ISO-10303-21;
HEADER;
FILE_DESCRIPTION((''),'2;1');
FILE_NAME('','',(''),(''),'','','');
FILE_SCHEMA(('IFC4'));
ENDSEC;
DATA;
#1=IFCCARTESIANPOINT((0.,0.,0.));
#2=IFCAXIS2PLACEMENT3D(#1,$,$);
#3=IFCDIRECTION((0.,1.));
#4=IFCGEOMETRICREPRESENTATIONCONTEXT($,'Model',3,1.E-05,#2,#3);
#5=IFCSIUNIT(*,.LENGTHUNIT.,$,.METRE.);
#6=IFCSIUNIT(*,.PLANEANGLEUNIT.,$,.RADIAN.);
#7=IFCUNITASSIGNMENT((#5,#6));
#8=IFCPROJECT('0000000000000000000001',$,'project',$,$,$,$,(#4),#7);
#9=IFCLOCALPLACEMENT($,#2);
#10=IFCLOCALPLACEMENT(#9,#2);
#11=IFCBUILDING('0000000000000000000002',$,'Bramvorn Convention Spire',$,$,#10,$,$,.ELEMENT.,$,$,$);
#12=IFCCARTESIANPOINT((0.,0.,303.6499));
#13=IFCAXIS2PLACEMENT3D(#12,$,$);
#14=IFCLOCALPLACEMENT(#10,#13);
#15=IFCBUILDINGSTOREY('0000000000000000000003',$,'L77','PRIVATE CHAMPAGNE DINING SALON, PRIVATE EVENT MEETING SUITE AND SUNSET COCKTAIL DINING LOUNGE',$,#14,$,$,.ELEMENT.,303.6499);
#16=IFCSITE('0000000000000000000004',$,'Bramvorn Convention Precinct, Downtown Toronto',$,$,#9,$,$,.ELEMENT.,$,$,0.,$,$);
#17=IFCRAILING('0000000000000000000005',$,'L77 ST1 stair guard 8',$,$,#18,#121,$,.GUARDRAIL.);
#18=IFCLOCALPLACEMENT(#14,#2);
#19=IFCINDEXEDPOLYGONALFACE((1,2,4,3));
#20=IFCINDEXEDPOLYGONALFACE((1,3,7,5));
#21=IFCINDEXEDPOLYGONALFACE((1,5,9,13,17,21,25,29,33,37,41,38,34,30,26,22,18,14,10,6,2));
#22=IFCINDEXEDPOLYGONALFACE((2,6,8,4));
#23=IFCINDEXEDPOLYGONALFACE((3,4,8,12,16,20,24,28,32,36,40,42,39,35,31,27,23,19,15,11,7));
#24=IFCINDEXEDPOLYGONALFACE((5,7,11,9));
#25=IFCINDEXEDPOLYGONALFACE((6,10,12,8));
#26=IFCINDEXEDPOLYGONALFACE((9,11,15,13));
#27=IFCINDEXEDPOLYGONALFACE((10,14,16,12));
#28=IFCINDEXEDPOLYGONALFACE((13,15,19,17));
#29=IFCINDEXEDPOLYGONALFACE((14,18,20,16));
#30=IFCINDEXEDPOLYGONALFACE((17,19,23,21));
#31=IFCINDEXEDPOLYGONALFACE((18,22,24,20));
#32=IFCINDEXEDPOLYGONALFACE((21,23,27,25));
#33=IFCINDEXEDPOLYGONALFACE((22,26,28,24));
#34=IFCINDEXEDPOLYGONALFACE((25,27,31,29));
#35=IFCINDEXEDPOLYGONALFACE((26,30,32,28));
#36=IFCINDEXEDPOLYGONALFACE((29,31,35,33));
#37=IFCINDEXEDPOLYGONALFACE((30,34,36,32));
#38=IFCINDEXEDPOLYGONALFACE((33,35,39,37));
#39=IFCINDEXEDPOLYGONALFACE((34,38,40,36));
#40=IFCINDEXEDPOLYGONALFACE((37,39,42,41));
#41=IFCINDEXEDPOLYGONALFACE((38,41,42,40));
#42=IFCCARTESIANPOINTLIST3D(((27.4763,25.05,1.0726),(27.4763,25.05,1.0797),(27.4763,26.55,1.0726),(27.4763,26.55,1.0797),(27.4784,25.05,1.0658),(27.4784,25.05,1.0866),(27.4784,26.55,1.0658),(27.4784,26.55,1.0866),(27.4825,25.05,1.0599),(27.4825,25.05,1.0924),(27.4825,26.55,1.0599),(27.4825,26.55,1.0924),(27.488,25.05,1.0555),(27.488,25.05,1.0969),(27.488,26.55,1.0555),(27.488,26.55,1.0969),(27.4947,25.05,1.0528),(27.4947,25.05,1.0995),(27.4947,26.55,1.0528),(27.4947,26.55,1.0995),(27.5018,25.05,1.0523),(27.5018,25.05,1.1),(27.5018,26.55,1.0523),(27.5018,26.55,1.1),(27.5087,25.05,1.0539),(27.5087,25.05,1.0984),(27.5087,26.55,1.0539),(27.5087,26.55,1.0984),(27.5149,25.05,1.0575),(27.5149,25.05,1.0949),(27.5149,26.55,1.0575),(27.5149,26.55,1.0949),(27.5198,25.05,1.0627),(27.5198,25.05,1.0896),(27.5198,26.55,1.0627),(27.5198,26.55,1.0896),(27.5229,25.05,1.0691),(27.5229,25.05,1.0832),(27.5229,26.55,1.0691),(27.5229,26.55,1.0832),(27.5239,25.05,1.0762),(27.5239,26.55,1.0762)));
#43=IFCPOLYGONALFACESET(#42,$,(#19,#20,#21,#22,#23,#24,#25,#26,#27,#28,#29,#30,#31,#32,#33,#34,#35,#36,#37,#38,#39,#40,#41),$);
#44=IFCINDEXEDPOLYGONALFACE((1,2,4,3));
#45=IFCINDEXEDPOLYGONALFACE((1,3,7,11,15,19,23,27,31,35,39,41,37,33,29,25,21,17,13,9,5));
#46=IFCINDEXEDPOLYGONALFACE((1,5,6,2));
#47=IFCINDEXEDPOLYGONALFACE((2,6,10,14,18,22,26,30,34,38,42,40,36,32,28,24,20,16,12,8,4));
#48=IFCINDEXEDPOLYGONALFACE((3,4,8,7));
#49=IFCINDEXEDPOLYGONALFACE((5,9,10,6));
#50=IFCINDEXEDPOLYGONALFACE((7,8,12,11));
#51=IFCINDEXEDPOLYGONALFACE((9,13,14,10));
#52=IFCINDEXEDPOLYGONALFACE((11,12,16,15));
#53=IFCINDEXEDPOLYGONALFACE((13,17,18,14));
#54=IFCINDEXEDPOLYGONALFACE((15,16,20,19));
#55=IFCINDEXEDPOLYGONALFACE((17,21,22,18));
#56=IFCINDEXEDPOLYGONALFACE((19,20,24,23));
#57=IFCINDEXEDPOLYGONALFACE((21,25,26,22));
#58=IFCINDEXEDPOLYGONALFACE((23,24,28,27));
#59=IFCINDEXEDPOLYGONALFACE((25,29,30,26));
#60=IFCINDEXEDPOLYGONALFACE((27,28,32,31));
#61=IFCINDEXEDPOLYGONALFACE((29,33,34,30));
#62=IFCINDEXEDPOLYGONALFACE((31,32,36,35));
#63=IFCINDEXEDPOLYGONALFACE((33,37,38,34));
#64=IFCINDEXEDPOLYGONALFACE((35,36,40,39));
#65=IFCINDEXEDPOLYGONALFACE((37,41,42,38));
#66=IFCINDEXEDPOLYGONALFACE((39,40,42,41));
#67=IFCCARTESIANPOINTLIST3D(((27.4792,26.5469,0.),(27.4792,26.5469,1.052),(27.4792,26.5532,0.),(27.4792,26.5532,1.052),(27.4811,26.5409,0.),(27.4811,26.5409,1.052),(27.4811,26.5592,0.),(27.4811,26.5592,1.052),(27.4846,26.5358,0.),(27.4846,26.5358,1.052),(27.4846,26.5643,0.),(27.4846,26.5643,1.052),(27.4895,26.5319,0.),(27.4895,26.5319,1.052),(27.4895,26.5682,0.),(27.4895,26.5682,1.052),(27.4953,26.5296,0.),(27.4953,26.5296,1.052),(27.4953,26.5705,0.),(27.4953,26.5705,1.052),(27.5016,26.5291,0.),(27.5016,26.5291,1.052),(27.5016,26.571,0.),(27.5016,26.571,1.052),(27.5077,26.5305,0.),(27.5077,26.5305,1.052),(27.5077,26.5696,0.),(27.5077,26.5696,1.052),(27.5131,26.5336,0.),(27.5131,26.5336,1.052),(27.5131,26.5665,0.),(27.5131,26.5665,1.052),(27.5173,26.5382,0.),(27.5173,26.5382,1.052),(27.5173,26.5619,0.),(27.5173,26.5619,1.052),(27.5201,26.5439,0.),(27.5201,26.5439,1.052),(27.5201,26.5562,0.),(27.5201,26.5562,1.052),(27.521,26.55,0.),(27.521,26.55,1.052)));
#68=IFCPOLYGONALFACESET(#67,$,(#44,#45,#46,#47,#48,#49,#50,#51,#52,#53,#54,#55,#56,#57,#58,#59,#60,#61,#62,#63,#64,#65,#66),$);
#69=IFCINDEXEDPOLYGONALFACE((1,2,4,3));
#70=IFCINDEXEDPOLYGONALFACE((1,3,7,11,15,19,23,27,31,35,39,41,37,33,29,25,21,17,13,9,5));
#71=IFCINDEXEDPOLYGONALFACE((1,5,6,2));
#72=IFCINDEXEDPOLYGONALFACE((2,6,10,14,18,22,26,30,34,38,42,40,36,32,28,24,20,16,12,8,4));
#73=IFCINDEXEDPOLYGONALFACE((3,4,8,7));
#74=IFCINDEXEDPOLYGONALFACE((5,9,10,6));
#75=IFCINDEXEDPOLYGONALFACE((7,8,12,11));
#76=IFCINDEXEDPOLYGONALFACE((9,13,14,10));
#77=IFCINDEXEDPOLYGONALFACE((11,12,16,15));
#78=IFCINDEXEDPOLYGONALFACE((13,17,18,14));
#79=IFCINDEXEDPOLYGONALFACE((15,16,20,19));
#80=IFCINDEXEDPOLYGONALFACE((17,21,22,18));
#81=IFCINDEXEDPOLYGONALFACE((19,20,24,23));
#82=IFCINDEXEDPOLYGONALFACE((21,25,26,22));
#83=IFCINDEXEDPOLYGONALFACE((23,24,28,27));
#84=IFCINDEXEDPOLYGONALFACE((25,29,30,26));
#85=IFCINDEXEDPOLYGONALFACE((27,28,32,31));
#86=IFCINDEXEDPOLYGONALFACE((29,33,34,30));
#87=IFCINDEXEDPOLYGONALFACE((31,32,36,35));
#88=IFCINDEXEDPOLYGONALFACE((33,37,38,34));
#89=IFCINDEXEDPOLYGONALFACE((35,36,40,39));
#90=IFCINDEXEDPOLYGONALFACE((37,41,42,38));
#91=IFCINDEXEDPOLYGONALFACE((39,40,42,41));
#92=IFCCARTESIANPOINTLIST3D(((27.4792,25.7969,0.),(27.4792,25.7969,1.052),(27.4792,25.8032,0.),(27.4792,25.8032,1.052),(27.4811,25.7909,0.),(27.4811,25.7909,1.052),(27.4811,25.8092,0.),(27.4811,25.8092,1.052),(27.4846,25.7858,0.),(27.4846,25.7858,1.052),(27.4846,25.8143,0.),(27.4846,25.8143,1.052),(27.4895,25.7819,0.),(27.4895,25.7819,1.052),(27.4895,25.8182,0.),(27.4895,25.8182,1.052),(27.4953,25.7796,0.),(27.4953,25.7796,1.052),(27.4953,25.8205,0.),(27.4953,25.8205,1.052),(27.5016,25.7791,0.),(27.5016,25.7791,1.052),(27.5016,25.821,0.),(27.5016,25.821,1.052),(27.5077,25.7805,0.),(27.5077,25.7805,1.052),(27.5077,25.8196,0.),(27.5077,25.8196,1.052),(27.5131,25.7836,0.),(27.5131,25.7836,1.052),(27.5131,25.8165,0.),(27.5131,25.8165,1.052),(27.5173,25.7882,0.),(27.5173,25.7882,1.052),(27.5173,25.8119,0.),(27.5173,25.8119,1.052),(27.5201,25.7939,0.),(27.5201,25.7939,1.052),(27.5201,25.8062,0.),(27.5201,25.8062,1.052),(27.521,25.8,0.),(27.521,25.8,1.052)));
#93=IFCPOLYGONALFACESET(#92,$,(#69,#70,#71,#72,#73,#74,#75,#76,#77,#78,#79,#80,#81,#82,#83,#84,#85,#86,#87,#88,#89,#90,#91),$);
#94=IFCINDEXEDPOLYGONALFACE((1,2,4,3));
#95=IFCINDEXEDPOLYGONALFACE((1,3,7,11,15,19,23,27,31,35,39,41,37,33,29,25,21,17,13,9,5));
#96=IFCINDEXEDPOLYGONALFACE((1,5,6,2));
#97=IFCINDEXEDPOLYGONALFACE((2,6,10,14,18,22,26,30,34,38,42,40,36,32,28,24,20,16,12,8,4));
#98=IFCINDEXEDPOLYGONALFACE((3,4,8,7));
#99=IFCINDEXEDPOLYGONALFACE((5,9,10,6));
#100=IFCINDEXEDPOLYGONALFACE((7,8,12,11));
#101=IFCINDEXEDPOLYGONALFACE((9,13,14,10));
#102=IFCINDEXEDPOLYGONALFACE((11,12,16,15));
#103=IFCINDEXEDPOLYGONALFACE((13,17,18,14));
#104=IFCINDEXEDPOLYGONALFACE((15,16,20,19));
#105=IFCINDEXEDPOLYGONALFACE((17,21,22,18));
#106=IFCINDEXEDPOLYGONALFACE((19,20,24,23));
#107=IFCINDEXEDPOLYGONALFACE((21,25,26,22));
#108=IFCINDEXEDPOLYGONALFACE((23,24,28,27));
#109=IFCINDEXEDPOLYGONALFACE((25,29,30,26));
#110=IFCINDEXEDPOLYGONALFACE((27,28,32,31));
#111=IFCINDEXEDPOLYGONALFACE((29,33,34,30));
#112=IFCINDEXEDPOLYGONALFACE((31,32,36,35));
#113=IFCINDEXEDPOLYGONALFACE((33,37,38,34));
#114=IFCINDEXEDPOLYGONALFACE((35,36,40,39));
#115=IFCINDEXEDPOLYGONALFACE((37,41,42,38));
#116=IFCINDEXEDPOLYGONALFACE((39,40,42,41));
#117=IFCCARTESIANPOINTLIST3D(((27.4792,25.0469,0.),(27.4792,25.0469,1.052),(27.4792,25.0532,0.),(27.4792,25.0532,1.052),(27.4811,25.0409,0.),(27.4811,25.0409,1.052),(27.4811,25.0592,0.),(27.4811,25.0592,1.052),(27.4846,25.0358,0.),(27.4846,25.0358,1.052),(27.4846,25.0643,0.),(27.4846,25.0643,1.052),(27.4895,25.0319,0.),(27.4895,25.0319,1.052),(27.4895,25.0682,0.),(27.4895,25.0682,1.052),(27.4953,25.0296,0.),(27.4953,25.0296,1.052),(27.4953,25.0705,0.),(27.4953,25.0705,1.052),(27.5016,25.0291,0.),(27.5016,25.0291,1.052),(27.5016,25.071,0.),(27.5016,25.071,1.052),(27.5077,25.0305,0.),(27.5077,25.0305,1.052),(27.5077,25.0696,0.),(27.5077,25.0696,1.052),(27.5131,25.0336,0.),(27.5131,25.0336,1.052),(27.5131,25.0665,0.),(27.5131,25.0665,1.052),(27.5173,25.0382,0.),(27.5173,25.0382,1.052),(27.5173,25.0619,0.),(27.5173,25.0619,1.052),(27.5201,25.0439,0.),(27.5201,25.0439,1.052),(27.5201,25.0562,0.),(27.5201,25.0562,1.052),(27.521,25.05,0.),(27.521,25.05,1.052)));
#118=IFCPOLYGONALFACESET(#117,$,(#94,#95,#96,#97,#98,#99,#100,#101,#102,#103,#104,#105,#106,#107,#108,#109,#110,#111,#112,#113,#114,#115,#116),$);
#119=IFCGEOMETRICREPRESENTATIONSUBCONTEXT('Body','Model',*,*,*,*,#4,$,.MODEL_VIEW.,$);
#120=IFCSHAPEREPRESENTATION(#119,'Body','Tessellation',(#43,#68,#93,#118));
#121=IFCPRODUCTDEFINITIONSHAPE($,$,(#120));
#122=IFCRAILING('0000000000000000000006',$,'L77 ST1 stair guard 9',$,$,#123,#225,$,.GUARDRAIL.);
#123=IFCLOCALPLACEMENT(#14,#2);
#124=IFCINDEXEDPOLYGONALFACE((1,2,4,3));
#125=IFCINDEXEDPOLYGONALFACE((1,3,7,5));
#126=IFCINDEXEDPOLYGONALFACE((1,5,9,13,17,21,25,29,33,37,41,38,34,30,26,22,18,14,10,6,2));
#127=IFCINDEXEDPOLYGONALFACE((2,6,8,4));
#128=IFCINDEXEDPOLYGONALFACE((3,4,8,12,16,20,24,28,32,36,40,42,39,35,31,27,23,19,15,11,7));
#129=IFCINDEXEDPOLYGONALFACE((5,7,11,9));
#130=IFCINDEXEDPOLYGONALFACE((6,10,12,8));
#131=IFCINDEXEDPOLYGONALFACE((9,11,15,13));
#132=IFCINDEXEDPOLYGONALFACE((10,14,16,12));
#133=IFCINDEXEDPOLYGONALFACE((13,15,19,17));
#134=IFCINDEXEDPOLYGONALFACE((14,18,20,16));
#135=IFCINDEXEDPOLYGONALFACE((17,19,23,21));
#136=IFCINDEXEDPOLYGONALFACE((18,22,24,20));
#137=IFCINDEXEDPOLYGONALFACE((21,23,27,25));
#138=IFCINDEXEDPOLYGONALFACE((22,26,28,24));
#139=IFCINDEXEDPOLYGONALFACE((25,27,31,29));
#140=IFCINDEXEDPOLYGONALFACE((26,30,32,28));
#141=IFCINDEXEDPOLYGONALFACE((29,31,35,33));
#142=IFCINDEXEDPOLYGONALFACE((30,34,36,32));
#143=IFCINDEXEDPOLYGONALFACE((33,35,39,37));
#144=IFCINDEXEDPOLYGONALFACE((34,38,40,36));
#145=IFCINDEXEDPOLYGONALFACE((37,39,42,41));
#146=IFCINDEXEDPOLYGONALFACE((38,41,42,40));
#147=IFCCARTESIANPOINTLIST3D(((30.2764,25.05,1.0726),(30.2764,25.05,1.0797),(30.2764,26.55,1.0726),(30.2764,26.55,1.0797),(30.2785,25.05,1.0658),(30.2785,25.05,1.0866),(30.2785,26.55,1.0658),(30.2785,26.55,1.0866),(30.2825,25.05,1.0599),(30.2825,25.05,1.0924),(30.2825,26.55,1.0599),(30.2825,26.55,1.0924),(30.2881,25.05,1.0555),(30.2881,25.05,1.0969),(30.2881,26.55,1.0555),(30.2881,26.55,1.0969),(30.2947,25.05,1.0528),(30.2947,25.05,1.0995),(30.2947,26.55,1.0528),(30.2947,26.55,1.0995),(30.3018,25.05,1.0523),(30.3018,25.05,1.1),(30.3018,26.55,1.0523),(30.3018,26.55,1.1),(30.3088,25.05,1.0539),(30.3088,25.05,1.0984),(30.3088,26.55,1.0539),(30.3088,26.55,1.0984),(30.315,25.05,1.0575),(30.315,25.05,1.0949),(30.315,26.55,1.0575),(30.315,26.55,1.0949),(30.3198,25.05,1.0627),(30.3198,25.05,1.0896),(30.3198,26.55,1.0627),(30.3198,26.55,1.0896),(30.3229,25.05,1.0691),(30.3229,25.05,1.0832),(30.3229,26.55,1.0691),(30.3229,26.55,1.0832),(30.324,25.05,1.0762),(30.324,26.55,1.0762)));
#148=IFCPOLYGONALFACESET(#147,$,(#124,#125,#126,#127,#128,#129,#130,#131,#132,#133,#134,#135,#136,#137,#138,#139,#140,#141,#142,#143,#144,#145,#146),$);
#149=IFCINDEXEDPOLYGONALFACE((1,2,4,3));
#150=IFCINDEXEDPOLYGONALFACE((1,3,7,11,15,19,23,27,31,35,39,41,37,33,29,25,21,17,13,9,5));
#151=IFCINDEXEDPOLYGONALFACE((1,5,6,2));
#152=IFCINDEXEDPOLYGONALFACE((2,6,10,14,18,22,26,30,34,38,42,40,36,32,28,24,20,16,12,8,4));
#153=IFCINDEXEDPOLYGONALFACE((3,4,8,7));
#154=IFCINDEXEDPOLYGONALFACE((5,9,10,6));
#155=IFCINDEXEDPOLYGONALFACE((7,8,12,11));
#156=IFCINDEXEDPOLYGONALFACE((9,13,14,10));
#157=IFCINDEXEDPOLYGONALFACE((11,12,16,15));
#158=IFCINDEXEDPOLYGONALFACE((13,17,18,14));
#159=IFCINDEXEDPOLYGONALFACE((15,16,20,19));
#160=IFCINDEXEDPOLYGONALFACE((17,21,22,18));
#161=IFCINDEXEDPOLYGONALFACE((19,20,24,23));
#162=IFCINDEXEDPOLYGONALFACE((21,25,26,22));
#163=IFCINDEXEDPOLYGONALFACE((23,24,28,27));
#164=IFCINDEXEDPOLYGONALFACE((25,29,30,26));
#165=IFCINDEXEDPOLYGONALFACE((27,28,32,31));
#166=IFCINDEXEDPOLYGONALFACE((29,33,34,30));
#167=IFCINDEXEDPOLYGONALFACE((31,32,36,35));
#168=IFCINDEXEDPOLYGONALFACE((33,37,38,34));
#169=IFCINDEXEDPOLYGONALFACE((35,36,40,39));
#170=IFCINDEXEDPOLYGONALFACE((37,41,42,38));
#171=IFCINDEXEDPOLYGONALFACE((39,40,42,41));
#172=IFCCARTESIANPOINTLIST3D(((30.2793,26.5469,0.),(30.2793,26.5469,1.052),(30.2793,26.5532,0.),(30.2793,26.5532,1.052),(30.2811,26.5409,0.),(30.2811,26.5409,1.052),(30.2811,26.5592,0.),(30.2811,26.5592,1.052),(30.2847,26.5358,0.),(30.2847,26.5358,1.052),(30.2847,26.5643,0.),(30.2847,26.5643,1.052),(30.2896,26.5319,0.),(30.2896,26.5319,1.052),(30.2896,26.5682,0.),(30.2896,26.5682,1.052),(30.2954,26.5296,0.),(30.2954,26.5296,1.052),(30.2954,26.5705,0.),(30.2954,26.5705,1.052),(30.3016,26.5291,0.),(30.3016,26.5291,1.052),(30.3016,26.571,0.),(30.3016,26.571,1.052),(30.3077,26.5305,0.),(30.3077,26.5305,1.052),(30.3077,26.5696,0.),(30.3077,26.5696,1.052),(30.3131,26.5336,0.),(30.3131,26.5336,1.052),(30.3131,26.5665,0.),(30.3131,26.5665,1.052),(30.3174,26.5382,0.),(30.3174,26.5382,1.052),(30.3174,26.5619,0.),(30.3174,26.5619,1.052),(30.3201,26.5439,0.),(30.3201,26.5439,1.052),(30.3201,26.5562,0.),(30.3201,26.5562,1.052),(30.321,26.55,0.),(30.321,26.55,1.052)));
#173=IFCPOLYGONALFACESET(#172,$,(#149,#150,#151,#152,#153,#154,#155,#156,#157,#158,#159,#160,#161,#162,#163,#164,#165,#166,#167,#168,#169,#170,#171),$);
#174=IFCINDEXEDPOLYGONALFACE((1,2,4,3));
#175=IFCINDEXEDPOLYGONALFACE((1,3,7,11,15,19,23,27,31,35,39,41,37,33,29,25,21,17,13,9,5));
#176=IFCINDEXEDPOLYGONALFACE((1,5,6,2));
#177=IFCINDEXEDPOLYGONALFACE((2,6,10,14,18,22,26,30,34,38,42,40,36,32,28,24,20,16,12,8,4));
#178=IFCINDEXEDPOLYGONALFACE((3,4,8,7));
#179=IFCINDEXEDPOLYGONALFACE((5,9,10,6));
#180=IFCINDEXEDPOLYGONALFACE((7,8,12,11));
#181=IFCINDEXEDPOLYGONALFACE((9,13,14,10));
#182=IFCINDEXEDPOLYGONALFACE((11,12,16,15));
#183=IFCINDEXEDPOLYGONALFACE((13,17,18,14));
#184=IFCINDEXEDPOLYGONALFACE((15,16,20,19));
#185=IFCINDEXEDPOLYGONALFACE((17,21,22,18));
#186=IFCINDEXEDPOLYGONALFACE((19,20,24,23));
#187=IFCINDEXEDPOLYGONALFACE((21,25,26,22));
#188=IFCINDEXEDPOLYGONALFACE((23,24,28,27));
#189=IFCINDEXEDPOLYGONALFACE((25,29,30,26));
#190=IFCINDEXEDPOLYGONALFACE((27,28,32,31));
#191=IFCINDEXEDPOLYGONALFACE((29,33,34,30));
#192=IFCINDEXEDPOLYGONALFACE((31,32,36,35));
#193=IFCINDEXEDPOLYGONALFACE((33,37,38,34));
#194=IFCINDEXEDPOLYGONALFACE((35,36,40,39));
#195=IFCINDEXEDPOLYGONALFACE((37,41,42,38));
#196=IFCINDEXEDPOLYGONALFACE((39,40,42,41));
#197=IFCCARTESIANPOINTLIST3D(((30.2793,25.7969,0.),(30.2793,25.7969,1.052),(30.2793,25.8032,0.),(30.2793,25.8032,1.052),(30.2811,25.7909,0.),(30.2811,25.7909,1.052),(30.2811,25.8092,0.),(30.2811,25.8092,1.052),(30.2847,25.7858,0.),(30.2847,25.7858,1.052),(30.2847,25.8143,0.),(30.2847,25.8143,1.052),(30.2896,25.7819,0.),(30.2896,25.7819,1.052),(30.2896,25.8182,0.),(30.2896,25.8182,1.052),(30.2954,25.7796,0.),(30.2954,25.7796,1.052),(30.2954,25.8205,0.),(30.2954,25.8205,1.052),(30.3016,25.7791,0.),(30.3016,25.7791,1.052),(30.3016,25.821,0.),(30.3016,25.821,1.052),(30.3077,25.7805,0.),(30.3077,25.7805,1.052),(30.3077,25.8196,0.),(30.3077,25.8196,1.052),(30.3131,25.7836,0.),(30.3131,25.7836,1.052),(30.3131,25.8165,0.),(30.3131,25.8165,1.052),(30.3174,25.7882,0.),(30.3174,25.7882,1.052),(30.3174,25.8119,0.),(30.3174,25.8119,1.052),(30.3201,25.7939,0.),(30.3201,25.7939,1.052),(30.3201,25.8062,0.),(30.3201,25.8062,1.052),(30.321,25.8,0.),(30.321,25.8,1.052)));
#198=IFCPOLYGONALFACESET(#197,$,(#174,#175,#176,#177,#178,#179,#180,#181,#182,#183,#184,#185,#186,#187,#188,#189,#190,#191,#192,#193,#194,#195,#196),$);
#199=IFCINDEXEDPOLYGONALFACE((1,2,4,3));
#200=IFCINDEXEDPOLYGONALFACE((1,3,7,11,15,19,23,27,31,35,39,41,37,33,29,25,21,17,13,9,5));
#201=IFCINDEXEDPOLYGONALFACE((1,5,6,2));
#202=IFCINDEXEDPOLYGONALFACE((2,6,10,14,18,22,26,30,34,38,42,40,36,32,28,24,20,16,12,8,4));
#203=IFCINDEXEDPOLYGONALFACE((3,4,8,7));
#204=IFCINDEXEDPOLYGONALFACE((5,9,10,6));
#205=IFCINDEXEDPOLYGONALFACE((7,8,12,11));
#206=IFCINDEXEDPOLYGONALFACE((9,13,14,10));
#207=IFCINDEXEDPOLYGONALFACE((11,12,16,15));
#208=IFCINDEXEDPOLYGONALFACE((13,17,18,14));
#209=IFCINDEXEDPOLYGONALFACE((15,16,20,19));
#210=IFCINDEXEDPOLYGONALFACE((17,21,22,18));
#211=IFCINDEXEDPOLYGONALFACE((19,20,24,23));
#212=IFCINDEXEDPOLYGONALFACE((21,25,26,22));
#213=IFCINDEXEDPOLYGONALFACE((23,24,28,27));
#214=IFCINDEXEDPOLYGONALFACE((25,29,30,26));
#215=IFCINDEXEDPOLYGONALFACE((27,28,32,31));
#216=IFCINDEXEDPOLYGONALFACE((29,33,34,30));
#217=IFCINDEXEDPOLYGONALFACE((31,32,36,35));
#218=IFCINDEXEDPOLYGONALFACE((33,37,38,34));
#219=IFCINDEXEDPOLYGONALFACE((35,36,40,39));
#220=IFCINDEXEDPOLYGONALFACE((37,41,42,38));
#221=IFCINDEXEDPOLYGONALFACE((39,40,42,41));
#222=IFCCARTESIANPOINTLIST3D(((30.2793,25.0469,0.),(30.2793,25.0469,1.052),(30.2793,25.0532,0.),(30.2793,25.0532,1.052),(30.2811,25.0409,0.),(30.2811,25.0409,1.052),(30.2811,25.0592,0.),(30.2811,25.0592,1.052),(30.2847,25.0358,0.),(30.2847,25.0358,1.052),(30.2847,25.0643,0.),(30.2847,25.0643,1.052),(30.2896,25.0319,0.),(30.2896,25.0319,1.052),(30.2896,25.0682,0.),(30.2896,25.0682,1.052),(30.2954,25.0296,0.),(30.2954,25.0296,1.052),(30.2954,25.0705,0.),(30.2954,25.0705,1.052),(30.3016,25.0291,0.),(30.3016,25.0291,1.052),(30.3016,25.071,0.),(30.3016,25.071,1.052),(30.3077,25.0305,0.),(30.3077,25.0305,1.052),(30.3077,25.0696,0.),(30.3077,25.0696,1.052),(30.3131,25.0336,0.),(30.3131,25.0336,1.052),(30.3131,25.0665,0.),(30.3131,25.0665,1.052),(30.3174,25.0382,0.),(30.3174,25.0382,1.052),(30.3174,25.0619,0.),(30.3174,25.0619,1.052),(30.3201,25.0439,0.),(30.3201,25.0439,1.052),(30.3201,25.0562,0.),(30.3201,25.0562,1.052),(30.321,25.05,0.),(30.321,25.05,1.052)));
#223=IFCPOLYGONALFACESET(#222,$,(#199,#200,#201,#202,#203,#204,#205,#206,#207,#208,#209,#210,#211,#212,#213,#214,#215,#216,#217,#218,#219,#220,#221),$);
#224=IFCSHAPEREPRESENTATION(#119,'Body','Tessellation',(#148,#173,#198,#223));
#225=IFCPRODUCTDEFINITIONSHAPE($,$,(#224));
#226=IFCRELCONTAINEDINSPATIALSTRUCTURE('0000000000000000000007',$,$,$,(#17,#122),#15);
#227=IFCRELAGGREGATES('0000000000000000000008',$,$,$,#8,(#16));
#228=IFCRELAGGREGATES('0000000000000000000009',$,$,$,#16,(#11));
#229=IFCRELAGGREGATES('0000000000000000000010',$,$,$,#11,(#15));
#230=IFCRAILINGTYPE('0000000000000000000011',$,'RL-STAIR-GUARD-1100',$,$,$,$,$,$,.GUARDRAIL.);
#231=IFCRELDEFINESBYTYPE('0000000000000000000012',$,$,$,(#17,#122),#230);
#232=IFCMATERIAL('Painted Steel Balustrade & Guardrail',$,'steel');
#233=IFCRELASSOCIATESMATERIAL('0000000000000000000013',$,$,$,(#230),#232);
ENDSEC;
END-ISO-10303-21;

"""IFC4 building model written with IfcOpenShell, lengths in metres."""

from ifc_helpers import new_model, si_unit, direction, frame, origin, origin_2d, place, context, subcontext, project, spatial, circle, extrude, material, type_object, element, save


model = new_model("IFC4")

# Units and contexts
model_context = context("Model", 3, precision=1e-05, world=origin(), true_north=direction((0.0, 1.0)))
body_context = subcontext(model_context, "Body", "Model", "MODEL_VIEW")
ifc_project = project(units=[si_unit("LENGTHUNIT", "METRE"), si_unit("PLANEANGLEUNIT", "RADIAN")], contexts=[model_context])

# Site, building, storey
site_placement = place(None, origin())
site = spatial("IfcSite", under=ifc_project, at=site_placement, Name="Bramvorn Convention Precinct, Downtown Toronto", CompositionType="ELEMENT", RefElevation=0.0)
building_placement = place(site_placement, origin())
building = spatial("IfcBuilding", under=site, at=building_placement, Name="Bramvorn Convention Spire", CompositionType="ELEMENT")
storey_placement = place(building_placement, frame((0.0, 0.0, 303.6499)))
storey = spatial("IfcBuildingStorey", under=building, at=storey_placement, Name="L77", Description="PRIVATE CHAMPAGNE DINING SALON, PRIVATE EVENT MEETING SUITE AND SUNSET COCKTAIL DINING LOUNGE", CompositionType="ELEMENT", Elevation=303.6499)

# Railings
ifc_material_1 = material(Name="Painted Steel Balustrade & Guardrail", Category="steel")
railing_type = type_object("IfcRailingType", Name="RL-STAIR-GUARD-1100", PredefinedType="GUARDRAIL", material=ifc_material_1)
for number, where, name in (
    (1, (27.5, 26.55, 0.0), "L77 ST1 stair guard 8"),
    (2, (30.3, 26.55, 0.0), "L77 ST1 stair guard 9"),
):
    element("IfcRailing", number, at=place(storey_placement, frame(where)), inside=storey, type_object=railing_type, Name=name, PredefinedType="GUARDRAIL", context=body_context, shape_type="SweptSolid", body=[
        extrude(circle(Radius=0.0239, at=origin_2d()), frame((0.0, 0.0, 1.0762), z_axis=(0.0, -1.0, 0.0), x_axis=(1.0, 0.0, 0.0)), (0.0, 0.0, 1.0), 1.5),
        extrude(circle(Radius=0.021, at=origin_2d()), origin(), (0.0, 0.0, 1.0), 1.052),
        extrude(circle(Radius=0.021, at=origin_2d()), frame((0.0, -0.75, 0.0)), (0.0, 0.0, 1.0), 1.052),
        extrude(circle(Radius=0.021, at=origin_2d()), frame((0.0, -1.5, 0.0)), (0.0, 0.0, 1.0), 1.052),
    ])

save(model, "model.ifc")
